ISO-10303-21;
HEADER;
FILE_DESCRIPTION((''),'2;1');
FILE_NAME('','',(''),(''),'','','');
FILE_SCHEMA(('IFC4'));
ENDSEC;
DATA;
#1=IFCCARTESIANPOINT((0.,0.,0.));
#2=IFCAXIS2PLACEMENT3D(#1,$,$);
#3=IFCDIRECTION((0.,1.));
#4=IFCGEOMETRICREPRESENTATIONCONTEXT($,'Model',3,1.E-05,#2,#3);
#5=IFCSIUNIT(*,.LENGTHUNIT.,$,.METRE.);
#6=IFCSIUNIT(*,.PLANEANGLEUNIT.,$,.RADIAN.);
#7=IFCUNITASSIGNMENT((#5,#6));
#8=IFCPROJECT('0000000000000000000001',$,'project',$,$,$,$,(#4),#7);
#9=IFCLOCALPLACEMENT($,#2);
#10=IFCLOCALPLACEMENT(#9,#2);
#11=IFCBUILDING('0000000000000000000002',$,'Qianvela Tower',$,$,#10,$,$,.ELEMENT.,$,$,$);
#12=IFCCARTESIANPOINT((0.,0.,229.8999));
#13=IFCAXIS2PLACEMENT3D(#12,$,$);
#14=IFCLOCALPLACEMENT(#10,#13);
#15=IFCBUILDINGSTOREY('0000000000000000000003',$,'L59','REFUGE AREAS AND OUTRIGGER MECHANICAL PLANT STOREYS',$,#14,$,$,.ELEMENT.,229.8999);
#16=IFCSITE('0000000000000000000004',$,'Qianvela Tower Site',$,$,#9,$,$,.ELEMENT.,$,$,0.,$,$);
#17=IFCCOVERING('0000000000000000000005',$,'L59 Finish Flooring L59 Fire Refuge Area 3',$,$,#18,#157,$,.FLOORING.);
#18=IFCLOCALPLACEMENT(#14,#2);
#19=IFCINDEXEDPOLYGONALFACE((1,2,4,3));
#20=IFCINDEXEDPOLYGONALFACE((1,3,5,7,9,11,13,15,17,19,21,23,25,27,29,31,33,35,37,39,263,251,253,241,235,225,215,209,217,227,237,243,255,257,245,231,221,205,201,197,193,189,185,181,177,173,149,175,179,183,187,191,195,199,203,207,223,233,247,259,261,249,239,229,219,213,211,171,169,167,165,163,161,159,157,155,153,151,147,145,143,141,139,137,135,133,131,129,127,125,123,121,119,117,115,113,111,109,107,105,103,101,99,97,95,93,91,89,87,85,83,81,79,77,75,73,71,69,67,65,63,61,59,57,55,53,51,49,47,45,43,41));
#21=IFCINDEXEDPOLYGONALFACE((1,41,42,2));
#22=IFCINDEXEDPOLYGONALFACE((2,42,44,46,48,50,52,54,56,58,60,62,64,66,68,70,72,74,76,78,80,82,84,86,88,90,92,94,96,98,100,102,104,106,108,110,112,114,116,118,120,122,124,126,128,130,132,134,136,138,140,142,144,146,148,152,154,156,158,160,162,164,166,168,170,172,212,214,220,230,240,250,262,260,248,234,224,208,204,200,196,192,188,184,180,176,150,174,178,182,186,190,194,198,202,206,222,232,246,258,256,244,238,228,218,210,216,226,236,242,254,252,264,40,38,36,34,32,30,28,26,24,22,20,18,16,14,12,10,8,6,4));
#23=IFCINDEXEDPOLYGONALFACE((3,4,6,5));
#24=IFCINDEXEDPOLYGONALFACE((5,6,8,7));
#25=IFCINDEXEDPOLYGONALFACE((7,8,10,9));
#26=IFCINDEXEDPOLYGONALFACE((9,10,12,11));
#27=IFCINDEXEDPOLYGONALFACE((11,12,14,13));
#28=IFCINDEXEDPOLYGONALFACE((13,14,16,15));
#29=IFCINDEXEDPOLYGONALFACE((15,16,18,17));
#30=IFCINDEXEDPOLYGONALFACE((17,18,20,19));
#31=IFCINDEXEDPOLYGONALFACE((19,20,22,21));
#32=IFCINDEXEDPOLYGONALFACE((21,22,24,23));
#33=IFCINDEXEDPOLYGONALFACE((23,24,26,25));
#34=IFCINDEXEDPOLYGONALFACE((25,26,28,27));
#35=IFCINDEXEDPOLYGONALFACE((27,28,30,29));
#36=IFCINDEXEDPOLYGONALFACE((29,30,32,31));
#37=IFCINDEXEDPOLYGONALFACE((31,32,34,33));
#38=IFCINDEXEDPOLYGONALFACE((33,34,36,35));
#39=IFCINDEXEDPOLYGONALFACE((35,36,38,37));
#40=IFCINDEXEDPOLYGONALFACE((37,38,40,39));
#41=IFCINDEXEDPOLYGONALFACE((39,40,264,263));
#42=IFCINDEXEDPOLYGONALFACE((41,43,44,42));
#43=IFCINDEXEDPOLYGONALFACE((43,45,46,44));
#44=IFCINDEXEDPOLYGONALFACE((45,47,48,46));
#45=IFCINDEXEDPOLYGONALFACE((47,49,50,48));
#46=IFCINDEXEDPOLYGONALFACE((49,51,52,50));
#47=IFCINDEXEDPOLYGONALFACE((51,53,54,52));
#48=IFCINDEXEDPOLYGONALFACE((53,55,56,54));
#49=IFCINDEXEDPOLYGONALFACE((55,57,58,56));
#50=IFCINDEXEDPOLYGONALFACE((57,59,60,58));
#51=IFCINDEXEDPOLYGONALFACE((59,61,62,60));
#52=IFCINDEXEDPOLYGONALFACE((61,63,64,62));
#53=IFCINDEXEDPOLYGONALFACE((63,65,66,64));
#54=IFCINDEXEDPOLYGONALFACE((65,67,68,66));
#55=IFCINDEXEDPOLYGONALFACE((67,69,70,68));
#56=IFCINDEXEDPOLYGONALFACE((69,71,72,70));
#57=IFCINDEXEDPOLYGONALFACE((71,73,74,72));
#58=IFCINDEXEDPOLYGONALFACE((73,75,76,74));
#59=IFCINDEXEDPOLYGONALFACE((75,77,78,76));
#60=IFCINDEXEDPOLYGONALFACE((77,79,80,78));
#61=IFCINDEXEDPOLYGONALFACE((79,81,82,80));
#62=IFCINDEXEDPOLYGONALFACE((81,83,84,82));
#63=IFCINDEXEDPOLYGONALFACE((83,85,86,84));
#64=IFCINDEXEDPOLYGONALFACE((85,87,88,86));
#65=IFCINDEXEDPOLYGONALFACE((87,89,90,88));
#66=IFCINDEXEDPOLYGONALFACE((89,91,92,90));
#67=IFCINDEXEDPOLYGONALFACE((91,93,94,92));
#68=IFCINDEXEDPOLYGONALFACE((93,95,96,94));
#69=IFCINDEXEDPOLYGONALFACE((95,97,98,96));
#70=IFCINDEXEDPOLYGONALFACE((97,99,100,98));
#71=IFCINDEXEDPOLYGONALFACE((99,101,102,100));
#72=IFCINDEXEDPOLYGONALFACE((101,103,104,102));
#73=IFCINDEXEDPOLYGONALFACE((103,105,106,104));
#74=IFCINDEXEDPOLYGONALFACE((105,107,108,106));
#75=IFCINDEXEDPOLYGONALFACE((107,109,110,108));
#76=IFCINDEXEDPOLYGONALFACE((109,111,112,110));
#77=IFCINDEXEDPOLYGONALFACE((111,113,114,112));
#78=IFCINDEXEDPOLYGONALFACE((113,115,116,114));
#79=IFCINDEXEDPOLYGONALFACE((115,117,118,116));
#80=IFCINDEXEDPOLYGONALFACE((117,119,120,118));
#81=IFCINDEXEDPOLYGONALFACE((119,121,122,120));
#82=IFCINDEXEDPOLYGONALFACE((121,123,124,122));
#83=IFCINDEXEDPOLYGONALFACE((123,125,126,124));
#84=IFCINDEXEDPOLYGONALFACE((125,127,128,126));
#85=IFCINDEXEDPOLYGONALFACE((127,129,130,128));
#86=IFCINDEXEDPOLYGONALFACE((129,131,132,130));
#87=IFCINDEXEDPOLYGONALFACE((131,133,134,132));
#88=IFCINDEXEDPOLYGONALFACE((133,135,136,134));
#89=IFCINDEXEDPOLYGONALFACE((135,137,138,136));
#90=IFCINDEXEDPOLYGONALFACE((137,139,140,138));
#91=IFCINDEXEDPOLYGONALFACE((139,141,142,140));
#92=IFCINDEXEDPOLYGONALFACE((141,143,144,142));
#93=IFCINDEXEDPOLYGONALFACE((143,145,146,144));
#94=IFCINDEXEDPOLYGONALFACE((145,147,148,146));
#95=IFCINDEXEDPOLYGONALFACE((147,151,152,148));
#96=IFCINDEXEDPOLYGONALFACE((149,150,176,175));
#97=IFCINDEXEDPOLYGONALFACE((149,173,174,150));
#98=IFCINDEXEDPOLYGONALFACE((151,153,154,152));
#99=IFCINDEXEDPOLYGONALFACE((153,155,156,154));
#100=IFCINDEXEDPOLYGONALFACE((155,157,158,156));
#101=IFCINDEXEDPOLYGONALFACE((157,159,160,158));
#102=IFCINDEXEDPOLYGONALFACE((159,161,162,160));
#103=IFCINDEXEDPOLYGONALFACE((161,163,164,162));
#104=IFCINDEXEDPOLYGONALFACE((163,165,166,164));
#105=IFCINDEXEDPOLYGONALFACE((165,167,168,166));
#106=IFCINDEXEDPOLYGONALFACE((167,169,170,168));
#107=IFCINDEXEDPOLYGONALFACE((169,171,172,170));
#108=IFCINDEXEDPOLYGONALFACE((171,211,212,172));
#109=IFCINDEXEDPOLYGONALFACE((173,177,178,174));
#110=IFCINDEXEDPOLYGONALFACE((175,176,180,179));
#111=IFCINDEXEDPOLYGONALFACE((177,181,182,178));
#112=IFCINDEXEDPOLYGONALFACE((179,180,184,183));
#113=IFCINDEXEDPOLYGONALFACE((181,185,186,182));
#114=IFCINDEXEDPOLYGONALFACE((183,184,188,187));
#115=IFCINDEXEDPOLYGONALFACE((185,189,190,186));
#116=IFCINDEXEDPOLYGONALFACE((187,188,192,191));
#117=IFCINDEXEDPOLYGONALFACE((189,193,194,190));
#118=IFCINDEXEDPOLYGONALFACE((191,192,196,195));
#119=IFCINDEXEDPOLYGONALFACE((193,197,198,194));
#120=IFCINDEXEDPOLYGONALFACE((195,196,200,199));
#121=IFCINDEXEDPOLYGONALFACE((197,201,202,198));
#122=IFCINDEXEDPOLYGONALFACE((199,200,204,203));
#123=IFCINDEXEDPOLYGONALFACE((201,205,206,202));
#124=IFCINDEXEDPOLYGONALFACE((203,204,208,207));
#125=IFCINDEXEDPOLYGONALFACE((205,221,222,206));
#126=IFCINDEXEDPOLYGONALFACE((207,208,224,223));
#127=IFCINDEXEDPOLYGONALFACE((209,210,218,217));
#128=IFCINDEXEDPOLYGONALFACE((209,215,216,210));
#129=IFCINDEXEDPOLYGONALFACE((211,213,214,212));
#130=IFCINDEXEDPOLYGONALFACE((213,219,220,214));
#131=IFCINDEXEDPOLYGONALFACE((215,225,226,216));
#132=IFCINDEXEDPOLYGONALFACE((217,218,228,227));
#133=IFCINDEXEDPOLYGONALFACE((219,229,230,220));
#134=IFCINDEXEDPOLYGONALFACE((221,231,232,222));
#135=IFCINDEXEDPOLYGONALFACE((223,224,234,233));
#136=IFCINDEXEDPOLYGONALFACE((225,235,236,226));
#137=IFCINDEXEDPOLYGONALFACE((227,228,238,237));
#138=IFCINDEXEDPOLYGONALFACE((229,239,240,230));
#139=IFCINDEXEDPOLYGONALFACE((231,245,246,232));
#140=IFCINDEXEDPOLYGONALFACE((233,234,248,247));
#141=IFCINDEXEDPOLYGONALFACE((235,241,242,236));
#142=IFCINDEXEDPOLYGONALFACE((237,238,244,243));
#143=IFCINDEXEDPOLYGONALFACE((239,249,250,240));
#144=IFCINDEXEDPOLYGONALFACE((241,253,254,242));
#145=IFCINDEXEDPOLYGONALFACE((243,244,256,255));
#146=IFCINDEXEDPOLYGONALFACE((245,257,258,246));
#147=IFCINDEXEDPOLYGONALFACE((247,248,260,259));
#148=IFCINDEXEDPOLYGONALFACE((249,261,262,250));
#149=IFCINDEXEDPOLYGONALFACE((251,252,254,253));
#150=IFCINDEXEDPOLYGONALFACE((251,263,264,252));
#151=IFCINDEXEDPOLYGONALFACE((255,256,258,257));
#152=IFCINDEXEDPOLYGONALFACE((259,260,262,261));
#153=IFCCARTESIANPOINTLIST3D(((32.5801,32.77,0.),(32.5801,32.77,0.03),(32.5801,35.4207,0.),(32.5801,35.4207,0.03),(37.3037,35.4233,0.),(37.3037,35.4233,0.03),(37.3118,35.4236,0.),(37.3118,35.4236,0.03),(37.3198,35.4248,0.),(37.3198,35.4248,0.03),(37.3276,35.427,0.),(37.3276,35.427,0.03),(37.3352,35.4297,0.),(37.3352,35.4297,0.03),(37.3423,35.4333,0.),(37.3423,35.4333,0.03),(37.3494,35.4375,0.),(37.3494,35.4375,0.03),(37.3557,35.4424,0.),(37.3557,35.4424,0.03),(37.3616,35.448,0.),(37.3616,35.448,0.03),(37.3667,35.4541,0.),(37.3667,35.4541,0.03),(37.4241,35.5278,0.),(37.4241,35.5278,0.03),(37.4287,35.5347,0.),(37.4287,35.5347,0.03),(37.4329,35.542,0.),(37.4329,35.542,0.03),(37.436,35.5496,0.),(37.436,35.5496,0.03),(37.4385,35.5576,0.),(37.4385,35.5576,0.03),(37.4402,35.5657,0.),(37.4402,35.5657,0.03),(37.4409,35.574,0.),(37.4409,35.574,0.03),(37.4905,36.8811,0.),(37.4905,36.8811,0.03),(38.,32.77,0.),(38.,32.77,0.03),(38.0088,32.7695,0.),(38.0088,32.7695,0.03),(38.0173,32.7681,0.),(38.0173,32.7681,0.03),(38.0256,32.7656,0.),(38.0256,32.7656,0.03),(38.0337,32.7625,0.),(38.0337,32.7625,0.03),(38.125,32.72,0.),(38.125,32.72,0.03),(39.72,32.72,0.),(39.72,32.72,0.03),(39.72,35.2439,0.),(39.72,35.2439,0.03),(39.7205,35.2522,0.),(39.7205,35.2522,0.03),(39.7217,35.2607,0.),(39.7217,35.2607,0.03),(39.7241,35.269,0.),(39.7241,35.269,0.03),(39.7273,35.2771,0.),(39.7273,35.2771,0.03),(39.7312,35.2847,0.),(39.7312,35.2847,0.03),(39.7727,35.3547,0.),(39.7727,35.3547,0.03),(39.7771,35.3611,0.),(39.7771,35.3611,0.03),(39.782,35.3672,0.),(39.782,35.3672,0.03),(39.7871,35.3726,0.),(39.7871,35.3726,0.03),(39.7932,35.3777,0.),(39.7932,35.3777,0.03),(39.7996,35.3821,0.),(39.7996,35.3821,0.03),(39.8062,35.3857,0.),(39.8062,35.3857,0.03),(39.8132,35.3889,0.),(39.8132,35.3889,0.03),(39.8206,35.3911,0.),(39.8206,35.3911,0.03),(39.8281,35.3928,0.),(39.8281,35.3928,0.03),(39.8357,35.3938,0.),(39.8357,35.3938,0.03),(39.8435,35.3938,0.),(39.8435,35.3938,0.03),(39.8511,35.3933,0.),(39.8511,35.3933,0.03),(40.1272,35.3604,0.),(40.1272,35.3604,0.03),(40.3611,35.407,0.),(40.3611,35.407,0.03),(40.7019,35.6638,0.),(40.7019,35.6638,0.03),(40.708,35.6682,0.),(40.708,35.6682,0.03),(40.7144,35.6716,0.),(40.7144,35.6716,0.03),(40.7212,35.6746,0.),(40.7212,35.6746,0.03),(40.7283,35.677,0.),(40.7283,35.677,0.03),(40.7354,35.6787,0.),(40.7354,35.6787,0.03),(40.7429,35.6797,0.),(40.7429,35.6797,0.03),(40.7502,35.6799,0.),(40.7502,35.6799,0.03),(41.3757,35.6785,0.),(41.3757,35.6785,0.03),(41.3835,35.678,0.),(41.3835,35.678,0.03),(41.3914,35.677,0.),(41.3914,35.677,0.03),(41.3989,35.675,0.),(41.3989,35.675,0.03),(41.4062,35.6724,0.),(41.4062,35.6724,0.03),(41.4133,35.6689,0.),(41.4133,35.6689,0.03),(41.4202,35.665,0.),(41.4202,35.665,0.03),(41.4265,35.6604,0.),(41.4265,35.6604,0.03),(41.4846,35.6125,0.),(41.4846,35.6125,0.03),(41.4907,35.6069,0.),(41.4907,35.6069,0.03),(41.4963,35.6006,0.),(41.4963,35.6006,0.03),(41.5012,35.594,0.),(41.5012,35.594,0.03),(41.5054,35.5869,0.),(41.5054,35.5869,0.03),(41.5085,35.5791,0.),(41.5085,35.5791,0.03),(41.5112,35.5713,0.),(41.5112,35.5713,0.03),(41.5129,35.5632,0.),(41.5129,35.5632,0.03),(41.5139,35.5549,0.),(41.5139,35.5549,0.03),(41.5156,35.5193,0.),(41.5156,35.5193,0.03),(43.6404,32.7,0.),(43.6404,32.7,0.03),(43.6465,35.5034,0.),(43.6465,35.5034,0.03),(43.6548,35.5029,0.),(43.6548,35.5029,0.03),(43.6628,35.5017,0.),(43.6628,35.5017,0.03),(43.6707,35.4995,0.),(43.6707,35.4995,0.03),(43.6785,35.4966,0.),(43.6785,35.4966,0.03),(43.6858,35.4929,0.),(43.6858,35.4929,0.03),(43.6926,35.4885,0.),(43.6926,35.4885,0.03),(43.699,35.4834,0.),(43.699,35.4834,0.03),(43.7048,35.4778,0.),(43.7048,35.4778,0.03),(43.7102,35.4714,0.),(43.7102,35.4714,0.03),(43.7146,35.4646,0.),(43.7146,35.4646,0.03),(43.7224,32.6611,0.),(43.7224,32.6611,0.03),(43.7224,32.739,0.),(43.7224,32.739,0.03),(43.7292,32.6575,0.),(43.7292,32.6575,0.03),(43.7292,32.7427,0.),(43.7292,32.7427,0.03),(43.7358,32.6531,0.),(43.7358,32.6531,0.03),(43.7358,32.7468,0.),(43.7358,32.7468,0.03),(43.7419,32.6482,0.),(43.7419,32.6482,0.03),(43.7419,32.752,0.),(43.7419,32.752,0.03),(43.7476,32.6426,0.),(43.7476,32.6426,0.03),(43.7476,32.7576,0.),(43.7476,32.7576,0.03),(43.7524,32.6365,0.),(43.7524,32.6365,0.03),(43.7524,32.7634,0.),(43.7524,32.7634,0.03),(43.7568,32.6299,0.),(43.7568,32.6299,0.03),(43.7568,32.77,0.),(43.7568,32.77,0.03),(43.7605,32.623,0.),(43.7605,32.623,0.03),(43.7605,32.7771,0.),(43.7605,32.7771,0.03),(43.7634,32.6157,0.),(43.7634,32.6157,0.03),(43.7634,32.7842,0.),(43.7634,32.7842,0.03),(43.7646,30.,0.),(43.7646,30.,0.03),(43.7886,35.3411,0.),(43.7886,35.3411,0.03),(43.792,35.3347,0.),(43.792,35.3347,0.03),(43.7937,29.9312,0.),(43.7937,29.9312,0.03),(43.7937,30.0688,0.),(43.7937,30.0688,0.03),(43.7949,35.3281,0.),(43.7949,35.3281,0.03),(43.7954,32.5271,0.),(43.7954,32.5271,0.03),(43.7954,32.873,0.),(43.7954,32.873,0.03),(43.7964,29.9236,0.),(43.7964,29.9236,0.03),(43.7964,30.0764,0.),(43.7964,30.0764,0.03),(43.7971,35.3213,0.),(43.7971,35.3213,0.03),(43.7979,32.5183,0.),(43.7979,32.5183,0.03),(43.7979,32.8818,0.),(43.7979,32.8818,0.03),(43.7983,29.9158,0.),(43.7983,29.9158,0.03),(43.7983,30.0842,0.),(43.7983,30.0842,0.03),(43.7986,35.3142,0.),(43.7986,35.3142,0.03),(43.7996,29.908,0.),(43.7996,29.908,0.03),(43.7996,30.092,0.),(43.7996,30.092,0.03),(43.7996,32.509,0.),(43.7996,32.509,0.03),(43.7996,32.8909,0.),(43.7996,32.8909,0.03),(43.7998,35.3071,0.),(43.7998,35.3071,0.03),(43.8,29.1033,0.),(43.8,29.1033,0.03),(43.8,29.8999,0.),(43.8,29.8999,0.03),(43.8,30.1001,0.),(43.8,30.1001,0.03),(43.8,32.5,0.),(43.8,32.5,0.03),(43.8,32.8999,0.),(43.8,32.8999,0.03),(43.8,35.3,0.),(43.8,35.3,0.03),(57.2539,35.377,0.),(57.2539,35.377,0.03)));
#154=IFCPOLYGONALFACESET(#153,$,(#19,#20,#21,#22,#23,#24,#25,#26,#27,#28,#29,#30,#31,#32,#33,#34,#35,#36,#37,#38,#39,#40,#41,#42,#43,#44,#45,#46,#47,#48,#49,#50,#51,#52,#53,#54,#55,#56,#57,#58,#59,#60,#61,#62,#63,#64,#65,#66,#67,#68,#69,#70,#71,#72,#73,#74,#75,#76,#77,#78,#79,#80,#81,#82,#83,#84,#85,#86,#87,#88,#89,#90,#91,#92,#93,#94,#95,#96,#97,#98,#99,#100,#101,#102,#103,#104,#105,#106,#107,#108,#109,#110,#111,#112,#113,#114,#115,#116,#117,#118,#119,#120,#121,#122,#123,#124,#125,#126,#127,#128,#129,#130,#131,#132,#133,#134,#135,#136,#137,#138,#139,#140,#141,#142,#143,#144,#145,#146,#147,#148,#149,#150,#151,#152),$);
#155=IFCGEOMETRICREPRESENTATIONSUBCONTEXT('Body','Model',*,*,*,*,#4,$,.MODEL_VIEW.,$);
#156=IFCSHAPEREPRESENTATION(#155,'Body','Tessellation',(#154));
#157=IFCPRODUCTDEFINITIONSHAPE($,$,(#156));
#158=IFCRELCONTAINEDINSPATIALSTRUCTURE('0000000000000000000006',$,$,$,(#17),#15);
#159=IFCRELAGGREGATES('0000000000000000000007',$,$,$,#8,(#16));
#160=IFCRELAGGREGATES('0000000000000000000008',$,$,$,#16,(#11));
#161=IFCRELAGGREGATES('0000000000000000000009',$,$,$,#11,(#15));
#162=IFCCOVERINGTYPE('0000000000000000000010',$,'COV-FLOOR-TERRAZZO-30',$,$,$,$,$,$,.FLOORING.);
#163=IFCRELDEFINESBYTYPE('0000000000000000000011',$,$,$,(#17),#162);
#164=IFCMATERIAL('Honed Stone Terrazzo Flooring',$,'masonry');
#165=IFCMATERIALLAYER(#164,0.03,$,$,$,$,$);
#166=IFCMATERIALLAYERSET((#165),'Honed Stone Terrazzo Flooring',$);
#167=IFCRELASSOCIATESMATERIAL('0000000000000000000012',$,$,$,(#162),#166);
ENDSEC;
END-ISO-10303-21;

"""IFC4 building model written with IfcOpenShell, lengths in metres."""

from ifc_helpers import new_model, si_unit, direction, frame, origin, place, context, subcontext, project, spatial, polyline, outline, extrude, material, layer, layer_set, type_object, element, save


model = new_model("IFC4")

# Units and contexts
model_context = context("Model", 3, precision=1e-05, world=origin(), true_north=direction((0.0, 1.0)))
body_context = subcontext(model_context, "Body", "Model", "MODEL_VIEW")
ifc_project = project(units=[si_unit("LENGTHUNIT", "METRE"), si_unit("PLANEANGLEUNIT", "RADIAN")], contexts=[model_context])

# Site, building, storey
site_placement = place(None, origin())
site = spatial("IfcSite", under=ifc_project, at=site_placement, Name="Qianvela Tower Site", CompositionType="ELEMENT", RefElevation=0.0)
building_placement = place(site_placement, origin())
building = spatial("IfcBuilding", under=site, at=building_placement, Name="Qianvela Tower", CompositionType="ELEMENT")
storey_placement = place(building_placement, frame((0.0, 0.0, 229.8999)))
storey = spatial("IfcBuildingStorey", under=building, at=storey_placement, Name="L59", Description="REFUGE AREAS AND OUTRIGGER MECHANICAL PLANT STOREYS", CompositionType="ELEMENT", Elevation=229.8999)

# Covering
ifc_material_1 = material(Name="Honed Stone Terrazzo Flooring", Category="masonry")
ifc_layer_1 = layer(ifc_material_1, 0.03)
ifc_layer_set_1 = layer_set([ifc_layer_1], Name="Honed Stone Terrazzo Flooring")
covering_type_1 = type_object("IfcCoveringType", Name="COV-FLOOR-TERRAZZO-30", PredefinedType="FLOORING", material=ifc_layer_set_1)
covering_1_placement = place(storey_placement, origin())
element("IfcCovering", 1, at=covering_1_placement, inside=storey, type_object=covering_type_1, Name="L59 Finish Flooring L59 Fire Refuge Area 3", PredefinedType="FLOORING", context=body_context, shape_type="SweptSolid", body=[
    extrude(outline(polyline([(43.6404, 32.7), (43.7224, 32.739), (43.7292, 32.7427), (43.7358, 32.7468), (43.7419, 32.752), (43.7476, 32.7576), (43.7524, 32.7634), (43.7568, 32.77), (43.7605, 32.7771), (43.7634, 32.7842), (43.7954, 32.873), (43.7979, 32.8818), (43.7996, 32.8909), (43.8, 32.8999), (43.8, 35.3), (43.7998, 35.3071), (43.7986, 35.3142), (43.7971, 35.3213), (43.7949, 35.3281), (43.792, 35.3347), (43.7886, 35.3411), (43.7146, 35.4646), (43.7102, 35.4714), (43.7048, 35.4778), (43.699, 35.4834), (43.6926, 35.4885), (43.6858, 35.4929), (43.6785, 35.4966), (43.6707, 35.4995), (43.6628, 35.5017), (43.6548, 35.5029), (43.6465, 35.5034), (41.5156, 35.5193), (41.5139, 35.5549), (41.5129, 35.5632), (41.5112, 35.5713), (41.5085, 35.5791), (41.5054, 35.5869), (41.5012, 35.594), (41.4963, 35.6006), (41.4907, 35.6069), (41.4846, 35.6125), (41.4265, 35.6604), (41.4202, 35.665), (41.4133, 35.6689), (41.4062, 35.6724), (41.3989, 35.675), (41.3914, 35.677), (41.3835, 35.678), (41.3757, 35.6785), (40.7502, 35.6799), (40.7429, 35.6797), (40.7354, 35.6787), (40.7283, 35.677), (40.7212, 35.6746), (40.7144, 35.6716), (40.708, 35.6682), (40.7019, 35.6638), (40.3611, 35.407), (40.1272, 35.3604), (39.8511, 35.3933), (39.8435, 35.3938), (39.8357, 35.3938), (39.8281, 35.3928), (39.8206, 35.3911), (39.8132, 35.3889), (39.8062, 35.3857), (39.7996, 35.3821), (39.7932, 35.3777), (39.7871, 35.3726), (39.782, 35.3672), (39.7771, 35.3611), (39.7727, 35.3547), (39.7312, 35.2847), (39.7273, 35.2771), (39.7241, 35.269), (39.7217, 35.2607), (39.7205, 35.2522), (39.72, 35.2439), (39.72, 32.72), (38.125, 32.72), (38.0337, 32.7625), (38.0256, 32.7656), (38.0173, 32.7681), (38.0088, 32.7695), (38.0, 32.77), (32.5801, 32.77), (32.5801, 35.4207), (37.3037, 35.4233), (37.3118, 35.4236), (37.3198, 35.4248), (37.3276, 35.427), (37.3352, 35.4297), (37.3423, 35.4333), (37.3494, 35.4375), (37.3557, 35.4424), (37.3616, 35.448), (37.3667, 35.4541), (37.4241, 35.5278), (37.4287, 35.5347), (37.4329, 35.542), (37.436, 35.5496), (37.4385, 35.5576), (37.4402, 35.5657), (37.4409, 35.574), (37.4905, 36.8811), (57.2539, 35.377), (43.8, 29.1033), (43.8, 29.8999), (43.7996, 29.908), (43.7983, 29.9158), (43.7964, 29.9236), (43.7937, 29.9312), (43.7646, 30.0), (43.7937, 30.0688), (43.7964, 30.0764), (43.7983, 30.0842), (43.7996, 30.092), (43.8, 30.1001), (43.8, 32.5), (43.7996, 32.509), (43.7979, 32.5183), (43.7954, 32.5271), (43.7634, 32.6157), (43.7605, 32.623), (43.7568, 32.6299), (43.7524, 32.6365), (43.7476, 32.6426), (43.7419, 32.6482), (43.7358, 32.6531), (43.7292, 32.6575), (43.7224, 32.6611), (43.6404, 32.7)])), origin(), (0.0, 0.0, 1.0), 0.03),
])

save(model, "model.ifc")
